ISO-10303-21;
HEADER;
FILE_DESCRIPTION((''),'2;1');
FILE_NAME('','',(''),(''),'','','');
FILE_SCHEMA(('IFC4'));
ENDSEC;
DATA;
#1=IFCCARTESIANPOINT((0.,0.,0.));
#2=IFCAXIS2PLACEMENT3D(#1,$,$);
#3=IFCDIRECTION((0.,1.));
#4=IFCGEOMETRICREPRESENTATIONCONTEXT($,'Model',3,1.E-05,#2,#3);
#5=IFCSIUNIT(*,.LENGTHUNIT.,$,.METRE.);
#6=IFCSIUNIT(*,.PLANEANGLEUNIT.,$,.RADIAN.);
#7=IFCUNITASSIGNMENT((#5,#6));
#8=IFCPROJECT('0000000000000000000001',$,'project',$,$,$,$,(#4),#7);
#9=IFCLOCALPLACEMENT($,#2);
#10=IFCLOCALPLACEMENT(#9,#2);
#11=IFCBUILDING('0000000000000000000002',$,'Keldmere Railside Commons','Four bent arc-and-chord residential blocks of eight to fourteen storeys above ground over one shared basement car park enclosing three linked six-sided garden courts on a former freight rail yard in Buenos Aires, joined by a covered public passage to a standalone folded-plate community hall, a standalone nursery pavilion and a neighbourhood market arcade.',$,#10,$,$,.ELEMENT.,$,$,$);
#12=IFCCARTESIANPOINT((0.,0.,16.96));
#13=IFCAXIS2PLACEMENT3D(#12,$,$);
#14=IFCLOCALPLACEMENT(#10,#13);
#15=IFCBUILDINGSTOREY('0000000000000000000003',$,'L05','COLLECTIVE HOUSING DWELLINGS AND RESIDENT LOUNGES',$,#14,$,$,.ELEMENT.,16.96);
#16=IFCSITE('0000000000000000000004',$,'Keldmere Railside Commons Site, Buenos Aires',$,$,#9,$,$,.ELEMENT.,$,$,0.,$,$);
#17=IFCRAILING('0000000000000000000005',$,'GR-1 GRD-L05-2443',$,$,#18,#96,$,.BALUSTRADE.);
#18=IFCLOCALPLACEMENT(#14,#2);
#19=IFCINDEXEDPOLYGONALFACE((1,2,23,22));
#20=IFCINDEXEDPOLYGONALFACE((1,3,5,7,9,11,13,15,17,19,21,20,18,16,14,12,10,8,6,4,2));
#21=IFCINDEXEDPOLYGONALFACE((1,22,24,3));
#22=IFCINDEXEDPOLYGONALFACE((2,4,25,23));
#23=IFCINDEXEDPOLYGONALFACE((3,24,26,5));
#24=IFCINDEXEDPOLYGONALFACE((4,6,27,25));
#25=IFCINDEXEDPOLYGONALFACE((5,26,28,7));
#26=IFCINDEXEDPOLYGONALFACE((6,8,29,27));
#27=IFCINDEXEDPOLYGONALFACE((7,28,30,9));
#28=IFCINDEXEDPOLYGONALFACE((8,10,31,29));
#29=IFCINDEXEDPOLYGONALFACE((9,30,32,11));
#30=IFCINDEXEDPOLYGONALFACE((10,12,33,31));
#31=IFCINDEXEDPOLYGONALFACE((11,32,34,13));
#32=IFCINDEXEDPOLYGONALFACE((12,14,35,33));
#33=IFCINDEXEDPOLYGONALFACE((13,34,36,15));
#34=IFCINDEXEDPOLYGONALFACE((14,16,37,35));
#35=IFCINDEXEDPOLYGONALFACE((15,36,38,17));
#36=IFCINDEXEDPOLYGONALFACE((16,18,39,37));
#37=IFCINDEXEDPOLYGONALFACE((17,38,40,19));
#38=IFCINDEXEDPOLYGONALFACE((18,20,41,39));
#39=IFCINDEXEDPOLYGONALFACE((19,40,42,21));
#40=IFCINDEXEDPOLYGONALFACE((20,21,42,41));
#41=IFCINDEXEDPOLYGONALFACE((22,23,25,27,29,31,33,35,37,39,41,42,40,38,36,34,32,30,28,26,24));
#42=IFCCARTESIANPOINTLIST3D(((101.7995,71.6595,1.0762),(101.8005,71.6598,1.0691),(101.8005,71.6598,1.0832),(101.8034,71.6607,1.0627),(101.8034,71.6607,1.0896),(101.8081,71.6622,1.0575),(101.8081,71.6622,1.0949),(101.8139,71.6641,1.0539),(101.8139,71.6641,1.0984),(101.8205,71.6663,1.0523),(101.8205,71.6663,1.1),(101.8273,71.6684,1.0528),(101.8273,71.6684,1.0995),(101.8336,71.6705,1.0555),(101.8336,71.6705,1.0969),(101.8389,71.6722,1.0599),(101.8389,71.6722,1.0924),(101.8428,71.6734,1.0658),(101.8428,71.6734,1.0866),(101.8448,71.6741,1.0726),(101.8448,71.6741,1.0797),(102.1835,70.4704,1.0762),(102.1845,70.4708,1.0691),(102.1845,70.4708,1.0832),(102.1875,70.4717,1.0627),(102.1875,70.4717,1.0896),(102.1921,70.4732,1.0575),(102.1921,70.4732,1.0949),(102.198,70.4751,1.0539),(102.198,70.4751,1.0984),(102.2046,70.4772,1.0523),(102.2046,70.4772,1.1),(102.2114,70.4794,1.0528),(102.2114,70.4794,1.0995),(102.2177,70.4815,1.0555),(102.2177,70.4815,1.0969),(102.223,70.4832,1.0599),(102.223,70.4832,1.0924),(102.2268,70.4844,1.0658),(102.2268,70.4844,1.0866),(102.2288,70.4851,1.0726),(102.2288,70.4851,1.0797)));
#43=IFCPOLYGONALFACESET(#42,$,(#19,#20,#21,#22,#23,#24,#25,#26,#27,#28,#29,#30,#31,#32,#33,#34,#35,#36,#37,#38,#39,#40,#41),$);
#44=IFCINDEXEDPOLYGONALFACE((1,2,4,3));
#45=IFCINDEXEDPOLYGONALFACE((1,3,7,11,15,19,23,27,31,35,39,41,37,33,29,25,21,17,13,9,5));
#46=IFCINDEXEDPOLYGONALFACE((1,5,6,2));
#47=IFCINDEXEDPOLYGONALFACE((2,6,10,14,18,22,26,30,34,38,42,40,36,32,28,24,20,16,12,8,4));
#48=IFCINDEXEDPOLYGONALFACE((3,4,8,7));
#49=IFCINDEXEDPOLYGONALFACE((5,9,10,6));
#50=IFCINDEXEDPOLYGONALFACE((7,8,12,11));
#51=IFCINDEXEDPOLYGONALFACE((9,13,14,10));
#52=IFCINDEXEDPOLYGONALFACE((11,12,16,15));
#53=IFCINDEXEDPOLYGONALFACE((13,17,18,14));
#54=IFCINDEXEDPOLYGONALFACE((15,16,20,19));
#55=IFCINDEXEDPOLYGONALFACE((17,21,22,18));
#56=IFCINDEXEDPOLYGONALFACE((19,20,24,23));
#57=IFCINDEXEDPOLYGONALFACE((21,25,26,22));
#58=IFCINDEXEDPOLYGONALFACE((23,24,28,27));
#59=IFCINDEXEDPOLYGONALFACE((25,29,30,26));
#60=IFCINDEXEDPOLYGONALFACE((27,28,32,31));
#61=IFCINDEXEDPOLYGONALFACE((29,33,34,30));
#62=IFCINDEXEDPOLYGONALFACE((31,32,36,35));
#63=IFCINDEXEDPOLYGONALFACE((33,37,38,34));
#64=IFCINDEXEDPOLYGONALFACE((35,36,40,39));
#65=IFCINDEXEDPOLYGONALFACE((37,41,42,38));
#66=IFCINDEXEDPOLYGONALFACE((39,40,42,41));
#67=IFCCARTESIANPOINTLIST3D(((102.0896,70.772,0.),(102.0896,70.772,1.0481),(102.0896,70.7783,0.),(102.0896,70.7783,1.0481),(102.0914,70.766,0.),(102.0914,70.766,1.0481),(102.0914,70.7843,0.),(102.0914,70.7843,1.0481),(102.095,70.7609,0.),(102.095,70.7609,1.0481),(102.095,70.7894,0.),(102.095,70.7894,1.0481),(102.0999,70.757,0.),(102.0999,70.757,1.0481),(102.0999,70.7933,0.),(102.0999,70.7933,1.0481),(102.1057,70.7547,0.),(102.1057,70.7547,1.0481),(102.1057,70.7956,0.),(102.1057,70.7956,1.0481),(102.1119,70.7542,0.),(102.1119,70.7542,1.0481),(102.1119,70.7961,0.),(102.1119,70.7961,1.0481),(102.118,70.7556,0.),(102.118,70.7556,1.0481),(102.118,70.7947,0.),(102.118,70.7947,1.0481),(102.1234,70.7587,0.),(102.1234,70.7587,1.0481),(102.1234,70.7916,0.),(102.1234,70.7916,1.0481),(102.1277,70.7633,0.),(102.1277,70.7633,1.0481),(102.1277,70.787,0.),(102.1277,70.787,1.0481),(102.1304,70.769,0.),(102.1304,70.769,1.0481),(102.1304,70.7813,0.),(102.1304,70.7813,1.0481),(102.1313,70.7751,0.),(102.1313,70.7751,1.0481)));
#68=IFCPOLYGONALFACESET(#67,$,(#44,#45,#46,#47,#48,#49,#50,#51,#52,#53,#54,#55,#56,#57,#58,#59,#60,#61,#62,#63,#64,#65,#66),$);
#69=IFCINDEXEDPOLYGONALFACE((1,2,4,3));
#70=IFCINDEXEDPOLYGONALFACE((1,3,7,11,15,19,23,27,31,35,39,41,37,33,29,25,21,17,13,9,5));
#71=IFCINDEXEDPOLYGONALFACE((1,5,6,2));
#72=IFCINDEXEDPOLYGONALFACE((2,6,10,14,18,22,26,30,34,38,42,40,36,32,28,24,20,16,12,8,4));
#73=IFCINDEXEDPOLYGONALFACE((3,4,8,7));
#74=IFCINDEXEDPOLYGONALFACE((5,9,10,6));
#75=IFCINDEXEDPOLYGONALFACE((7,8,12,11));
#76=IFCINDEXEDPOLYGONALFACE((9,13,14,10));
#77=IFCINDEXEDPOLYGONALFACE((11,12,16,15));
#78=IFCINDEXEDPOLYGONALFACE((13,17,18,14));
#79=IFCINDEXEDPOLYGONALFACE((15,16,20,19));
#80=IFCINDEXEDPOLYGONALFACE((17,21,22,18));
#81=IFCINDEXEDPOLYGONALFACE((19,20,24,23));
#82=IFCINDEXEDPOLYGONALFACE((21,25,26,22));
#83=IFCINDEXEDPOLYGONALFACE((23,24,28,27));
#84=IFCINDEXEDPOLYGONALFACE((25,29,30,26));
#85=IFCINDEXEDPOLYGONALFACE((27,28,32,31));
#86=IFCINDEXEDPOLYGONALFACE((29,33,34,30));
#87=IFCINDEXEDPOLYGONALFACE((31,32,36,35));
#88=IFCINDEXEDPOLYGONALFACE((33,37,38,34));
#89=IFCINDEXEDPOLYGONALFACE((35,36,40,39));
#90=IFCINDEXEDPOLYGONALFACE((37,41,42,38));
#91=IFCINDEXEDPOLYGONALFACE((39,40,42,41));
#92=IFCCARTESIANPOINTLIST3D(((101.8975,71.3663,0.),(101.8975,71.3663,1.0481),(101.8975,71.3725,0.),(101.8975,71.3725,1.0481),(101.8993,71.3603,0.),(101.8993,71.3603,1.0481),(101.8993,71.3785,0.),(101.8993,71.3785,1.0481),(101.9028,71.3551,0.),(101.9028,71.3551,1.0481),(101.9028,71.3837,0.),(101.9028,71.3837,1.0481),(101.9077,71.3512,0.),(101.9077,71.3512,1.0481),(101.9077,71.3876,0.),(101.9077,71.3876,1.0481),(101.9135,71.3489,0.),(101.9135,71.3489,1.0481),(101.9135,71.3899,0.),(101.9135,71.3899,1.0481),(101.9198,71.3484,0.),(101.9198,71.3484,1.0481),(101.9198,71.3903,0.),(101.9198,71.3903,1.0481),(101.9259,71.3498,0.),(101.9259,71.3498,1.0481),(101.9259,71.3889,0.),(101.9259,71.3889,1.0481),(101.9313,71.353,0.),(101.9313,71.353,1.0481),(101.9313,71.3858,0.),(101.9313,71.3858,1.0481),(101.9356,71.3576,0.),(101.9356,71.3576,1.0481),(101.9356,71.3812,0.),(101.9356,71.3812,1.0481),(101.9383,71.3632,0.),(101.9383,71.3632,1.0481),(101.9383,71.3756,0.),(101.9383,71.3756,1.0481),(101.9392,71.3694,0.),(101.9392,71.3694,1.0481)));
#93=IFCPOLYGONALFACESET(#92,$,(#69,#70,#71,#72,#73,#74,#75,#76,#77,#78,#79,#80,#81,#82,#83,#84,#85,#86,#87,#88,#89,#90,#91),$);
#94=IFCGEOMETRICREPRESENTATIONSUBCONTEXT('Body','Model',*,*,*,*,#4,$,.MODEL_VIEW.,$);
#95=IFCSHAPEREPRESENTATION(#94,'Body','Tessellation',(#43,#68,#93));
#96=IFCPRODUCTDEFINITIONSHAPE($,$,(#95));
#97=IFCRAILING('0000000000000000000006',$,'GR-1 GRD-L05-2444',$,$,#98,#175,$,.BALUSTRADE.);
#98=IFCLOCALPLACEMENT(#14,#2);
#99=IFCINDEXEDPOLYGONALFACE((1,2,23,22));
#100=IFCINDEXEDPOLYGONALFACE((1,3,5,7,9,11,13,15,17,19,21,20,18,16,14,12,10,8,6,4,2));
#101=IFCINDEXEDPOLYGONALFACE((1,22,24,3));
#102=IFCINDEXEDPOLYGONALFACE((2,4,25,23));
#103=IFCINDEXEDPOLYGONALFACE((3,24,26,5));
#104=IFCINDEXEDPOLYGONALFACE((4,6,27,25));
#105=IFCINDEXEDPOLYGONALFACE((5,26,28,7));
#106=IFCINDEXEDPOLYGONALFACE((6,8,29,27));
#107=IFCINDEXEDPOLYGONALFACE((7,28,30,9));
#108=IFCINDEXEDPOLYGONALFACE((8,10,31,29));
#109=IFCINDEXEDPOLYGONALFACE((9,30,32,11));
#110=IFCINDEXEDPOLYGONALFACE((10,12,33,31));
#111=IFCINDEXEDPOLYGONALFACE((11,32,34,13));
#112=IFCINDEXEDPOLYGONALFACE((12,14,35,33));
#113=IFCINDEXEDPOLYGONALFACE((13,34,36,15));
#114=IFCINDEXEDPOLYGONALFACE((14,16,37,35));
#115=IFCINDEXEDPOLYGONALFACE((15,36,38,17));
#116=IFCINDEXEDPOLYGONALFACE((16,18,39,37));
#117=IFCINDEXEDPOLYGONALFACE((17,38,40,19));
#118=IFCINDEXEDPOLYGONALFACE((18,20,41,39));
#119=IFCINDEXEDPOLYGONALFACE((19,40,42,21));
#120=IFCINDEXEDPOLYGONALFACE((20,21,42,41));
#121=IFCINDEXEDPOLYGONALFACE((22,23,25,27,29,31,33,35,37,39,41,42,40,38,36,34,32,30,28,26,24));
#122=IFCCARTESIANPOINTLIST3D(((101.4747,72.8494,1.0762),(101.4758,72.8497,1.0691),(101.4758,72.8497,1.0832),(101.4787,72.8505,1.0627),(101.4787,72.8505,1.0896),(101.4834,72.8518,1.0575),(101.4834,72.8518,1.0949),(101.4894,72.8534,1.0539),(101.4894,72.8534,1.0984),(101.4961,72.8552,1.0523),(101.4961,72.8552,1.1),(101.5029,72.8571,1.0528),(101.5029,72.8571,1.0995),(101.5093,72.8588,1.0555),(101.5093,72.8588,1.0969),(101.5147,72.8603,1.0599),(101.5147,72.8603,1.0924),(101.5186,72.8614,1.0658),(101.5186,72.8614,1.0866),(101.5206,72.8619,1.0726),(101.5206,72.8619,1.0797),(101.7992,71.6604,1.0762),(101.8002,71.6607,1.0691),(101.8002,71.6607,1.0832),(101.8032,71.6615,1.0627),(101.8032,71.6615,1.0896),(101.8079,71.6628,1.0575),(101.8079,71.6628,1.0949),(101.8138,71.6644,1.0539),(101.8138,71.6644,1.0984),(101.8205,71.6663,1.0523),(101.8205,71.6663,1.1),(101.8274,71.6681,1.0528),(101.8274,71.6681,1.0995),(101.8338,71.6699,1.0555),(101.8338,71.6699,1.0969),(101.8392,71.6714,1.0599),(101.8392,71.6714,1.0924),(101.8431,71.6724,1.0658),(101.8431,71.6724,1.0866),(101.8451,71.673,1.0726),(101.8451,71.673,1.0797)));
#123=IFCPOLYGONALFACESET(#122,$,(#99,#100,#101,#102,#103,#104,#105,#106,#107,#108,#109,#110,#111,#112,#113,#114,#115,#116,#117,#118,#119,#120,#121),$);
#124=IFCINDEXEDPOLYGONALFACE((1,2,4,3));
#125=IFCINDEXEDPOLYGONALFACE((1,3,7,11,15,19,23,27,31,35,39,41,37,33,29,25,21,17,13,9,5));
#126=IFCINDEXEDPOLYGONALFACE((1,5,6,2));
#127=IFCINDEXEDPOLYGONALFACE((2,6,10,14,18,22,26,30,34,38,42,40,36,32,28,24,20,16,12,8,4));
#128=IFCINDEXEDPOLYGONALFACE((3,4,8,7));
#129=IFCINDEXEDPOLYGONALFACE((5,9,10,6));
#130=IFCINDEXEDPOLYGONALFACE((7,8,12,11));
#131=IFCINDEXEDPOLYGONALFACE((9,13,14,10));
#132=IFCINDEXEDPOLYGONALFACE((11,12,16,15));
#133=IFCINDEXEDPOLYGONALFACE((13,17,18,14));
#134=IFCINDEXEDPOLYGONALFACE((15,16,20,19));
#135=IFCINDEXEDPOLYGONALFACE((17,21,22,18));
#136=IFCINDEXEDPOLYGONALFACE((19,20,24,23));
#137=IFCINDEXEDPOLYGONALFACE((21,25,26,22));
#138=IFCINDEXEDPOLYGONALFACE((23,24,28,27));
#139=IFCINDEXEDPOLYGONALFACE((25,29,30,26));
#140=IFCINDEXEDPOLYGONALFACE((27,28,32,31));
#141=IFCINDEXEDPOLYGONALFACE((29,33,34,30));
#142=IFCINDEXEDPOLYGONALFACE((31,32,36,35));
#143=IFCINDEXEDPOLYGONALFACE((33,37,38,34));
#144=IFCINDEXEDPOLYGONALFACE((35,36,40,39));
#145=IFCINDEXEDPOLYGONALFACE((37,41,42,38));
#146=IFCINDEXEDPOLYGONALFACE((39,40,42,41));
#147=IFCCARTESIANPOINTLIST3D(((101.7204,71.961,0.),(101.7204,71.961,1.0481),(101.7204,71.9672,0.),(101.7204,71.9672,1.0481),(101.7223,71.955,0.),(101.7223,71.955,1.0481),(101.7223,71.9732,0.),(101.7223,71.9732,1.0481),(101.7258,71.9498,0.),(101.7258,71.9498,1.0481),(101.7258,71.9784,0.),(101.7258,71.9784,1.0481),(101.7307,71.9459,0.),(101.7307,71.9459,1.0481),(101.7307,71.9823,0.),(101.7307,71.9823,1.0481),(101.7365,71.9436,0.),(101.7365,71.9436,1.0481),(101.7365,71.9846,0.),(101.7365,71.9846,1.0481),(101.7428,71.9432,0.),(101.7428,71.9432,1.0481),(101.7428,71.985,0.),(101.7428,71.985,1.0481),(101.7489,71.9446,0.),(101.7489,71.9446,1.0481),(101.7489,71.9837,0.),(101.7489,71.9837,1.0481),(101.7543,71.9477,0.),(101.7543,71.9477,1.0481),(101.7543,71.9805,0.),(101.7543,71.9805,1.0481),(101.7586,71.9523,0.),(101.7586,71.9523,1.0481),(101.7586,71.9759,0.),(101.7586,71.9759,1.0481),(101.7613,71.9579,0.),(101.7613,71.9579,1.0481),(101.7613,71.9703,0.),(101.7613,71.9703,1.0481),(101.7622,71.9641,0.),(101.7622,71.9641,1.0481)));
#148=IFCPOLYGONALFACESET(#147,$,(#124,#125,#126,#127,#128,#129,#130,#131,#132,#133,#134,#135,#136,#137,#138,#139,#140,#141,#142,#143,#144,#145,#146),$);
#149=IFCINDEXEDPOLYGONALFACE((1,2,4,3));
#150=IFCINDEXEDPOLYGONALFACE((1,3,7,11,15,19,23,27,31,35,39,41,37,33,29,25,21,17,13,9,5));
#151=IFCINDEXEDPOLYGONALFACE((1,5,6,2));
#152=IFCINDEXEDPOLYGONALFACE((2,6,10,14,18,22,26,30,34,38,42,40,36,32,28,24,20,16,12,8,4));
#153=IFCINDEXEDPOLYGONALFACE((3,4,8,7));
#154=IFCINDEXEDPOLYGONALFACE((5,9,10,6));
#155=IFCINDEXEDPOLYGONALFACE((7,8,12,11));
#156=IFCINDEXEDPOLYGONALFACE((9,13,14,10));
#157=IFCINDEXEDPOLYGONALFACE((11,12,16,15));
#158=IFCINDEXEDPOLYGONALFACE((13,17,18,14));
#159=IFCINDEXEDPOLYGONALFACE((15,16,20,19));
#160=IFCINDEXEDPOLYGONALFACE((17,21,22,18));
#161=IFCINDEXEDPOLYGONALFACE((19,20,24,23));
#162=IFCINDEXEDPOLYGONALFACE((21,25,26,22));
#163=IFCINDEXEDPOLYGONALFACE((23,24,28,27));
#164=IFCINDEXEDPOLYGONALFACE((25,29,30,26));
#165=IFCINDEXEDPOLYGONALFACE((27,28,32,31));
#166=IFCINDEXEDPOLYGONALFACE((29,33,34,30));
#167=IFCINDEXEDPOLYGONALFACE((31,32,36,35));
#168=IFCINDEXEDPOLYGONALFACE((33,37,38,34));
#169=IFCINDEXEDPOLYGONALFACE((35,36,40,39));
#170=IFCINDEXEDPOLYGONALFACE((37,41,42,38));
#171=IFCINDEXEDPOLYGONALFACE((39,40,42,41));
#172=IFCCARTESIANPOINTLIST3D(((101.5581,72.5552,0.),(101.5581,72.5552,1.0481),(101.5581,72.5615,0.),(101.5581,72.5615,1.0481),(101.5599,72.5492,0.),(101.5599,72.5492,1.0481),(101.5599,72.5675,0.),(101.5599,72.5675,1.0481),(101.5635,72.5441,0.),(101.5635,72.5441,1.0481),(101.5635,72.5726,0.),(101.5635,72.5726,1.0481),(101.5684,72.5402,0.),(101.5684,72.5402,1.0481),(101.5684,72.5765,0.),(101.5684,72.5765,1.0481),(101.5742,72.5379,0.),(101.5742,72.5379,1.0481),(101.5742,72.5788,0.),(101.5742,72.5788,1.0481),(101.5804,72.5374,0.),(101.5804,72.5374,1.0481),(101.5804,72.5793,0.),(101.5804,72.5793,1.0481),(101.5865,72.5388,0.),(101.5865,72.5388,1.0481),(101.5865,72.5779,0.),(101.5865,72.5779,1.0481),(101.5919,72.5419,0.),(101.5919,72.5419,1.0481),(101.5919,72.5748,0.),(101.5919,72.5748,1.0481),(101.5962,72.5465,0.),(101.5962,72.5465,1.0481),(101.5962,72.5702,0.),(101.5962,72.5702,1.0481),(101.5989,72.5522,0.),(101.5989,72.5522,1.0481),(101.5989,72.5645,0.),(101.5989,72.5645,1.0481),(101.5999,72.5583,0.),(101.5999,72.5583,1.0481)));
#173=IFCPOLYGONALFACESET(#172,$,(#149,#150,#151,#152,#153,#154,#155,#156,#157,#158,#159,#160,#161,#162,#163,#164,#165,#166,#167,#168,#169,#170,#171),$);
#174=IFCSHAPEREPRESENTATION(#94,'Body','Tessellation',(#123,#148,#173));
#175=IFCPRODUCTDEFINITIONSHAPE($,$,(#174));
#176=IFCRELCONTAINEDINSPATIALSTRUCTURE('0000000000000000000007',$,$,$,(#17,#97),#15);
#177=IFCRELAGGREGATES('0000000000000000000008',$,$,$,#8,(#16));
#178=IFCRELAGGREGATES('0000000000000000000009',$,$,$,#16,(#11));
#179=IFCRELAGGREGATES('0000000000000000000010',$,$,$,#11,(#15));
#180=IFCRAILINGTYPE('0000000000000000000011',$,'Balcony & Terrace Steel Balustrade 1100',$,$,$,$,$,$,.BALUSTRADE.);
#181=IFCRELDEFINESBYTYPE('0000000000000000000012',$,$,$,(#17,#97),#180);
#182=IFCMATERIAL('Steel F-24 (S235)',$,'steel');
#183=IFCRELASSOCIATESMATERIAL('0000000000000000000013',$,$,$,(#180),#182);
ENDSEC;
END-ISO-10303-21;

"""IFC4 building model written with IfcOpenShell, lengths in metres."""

from ifc_helpers import new_model, si_unit, direction, frame, origin, origin_2d, place, context, subcontext, project, spatial, circle, extrude, material, type_object, element, save


model = new_model("IFC4")

# Units and contexts
model_context = context("Model", 3, precision=1e-05, world=origin(), true_north=direction((0.0, 1.0)))
body_context = subcontext(model_context, "Body", "Model", "MODEL_VIEW")
ifc_project = project(units=[si_unit("LENGTHUNIT", "METRE"), si_unit("PLANEANGLEUNIT", "RADIAN")], contexts=[model_context])

# Site, building, storey
site_placement = place(None, origin())
site = spatial("IfcSite", under=ifc_project, at=site_placement, Name="Keldmere Railside Commons Site, Buenos Aires", CompositionType="ELEMENT", RefElevation=0.0)
building_placement = place(site_placement, origin())
building = spatial("IfcBuilding", under=site, at=building_placement, Name="Keldmere Railside Commons", Description="Four bent arc-and-chord residential blocks of eight to fourteen storeys above ground over one shared basement car park enclosing three linked six-sided garden courts on a former freight rail yard in Buenos Aires, joined by a covered public passage to a standalone folded-plate community hall, a standalone nursery pavilion and a neighbourhood market arcade.", CompositionType="ELEMENT")
storey_placement = place(building_placement, frame((0.0, 0.0, 16.96)))
storey = spatial("IfcBuildingStorey", under=building, at=storey_placement, Name="L05", Description="COLLECTIVE HOUSING DWELLINGS AND RESIDENT LOUNGES", CompositionType="ELEMENT", Elevation=16.96)

# Shared definitions
ifc_material_1 = material(Name="Steel F-24 (S235)", Category="steel")

# Railings
railing_type_1 = type_object("IfcRailingType", Name="Balcony & Terrace Steel Balustrade 1100", PredefinedType="BALUSTRADE", material=ifc_material_1)
railing_1_placement = place(storey_placement, frame((102.2063, 70.4778, 0.0)))
element("IfcRailing", 1, at=railing_1_placement, inside=storey, type_object=railing_type_1, Name="GR-1 GRD-L05-2443", PredefinedType="BALUSTRADE", context=body_context, shape_type="SweptSolid", body=[
    extrude(circle(Radius=0.0239, at=origin_2d()), frame((0.0, 0.0, 1.0762), z_axis=(-0.307362, 0.951593, 0.0), x_axis=(-0.951593, -0.307362, 0.0)), (0.0, 0.0, 1.0), 1.2495),
    extrude(circle(Radius=0.021, at=origin_2d()), frame((-0.0959, 0.2974, 0.0)), (0.0, 0.0, 1.0), 1.0481),
    extrude(circle(Radius=0.021, at=origin_2d()), frame((-0.2881, 0.8916, 0.0)), (0.0, 0.0, 1.0), 1.0481),
])
railing_2_placement = place(storey_placement, frame((101.8223, 71.6667, 0.0)))
element("IfcRailing", 2, at=railing_2_placement, inside=storey, type_object=railing_type_1, Name="GR-1 GRD-L05-2444", PredefinedType="BALUSTRADE", context=body_context, shape_type="SweptSolid", body=[
    extrude(circle(Radius=0.0239, at=origin_2d()), frame((0.0, 0.0, 1.0762), z_axis=(-0.263268, 0.964723, 0.0), x_axis=(-0.964723, -0.263268, 0.0)), (0.0, 0.0, 1.0), 1.2324),
    extrude(circle(Radius=0.021, at=origin_2d()), frame((-0.0811, 0.2974, 0.0)), (0.0, 0.0, 1.0), 1.0481),
    extrude(circle(Radius=0.021, at=origin_2d()), frame((-0.2434, 0.8916, 0.0)), (0.0, 0.0, 1.0), 1.0481),
])

save(model, "model.ifc")
